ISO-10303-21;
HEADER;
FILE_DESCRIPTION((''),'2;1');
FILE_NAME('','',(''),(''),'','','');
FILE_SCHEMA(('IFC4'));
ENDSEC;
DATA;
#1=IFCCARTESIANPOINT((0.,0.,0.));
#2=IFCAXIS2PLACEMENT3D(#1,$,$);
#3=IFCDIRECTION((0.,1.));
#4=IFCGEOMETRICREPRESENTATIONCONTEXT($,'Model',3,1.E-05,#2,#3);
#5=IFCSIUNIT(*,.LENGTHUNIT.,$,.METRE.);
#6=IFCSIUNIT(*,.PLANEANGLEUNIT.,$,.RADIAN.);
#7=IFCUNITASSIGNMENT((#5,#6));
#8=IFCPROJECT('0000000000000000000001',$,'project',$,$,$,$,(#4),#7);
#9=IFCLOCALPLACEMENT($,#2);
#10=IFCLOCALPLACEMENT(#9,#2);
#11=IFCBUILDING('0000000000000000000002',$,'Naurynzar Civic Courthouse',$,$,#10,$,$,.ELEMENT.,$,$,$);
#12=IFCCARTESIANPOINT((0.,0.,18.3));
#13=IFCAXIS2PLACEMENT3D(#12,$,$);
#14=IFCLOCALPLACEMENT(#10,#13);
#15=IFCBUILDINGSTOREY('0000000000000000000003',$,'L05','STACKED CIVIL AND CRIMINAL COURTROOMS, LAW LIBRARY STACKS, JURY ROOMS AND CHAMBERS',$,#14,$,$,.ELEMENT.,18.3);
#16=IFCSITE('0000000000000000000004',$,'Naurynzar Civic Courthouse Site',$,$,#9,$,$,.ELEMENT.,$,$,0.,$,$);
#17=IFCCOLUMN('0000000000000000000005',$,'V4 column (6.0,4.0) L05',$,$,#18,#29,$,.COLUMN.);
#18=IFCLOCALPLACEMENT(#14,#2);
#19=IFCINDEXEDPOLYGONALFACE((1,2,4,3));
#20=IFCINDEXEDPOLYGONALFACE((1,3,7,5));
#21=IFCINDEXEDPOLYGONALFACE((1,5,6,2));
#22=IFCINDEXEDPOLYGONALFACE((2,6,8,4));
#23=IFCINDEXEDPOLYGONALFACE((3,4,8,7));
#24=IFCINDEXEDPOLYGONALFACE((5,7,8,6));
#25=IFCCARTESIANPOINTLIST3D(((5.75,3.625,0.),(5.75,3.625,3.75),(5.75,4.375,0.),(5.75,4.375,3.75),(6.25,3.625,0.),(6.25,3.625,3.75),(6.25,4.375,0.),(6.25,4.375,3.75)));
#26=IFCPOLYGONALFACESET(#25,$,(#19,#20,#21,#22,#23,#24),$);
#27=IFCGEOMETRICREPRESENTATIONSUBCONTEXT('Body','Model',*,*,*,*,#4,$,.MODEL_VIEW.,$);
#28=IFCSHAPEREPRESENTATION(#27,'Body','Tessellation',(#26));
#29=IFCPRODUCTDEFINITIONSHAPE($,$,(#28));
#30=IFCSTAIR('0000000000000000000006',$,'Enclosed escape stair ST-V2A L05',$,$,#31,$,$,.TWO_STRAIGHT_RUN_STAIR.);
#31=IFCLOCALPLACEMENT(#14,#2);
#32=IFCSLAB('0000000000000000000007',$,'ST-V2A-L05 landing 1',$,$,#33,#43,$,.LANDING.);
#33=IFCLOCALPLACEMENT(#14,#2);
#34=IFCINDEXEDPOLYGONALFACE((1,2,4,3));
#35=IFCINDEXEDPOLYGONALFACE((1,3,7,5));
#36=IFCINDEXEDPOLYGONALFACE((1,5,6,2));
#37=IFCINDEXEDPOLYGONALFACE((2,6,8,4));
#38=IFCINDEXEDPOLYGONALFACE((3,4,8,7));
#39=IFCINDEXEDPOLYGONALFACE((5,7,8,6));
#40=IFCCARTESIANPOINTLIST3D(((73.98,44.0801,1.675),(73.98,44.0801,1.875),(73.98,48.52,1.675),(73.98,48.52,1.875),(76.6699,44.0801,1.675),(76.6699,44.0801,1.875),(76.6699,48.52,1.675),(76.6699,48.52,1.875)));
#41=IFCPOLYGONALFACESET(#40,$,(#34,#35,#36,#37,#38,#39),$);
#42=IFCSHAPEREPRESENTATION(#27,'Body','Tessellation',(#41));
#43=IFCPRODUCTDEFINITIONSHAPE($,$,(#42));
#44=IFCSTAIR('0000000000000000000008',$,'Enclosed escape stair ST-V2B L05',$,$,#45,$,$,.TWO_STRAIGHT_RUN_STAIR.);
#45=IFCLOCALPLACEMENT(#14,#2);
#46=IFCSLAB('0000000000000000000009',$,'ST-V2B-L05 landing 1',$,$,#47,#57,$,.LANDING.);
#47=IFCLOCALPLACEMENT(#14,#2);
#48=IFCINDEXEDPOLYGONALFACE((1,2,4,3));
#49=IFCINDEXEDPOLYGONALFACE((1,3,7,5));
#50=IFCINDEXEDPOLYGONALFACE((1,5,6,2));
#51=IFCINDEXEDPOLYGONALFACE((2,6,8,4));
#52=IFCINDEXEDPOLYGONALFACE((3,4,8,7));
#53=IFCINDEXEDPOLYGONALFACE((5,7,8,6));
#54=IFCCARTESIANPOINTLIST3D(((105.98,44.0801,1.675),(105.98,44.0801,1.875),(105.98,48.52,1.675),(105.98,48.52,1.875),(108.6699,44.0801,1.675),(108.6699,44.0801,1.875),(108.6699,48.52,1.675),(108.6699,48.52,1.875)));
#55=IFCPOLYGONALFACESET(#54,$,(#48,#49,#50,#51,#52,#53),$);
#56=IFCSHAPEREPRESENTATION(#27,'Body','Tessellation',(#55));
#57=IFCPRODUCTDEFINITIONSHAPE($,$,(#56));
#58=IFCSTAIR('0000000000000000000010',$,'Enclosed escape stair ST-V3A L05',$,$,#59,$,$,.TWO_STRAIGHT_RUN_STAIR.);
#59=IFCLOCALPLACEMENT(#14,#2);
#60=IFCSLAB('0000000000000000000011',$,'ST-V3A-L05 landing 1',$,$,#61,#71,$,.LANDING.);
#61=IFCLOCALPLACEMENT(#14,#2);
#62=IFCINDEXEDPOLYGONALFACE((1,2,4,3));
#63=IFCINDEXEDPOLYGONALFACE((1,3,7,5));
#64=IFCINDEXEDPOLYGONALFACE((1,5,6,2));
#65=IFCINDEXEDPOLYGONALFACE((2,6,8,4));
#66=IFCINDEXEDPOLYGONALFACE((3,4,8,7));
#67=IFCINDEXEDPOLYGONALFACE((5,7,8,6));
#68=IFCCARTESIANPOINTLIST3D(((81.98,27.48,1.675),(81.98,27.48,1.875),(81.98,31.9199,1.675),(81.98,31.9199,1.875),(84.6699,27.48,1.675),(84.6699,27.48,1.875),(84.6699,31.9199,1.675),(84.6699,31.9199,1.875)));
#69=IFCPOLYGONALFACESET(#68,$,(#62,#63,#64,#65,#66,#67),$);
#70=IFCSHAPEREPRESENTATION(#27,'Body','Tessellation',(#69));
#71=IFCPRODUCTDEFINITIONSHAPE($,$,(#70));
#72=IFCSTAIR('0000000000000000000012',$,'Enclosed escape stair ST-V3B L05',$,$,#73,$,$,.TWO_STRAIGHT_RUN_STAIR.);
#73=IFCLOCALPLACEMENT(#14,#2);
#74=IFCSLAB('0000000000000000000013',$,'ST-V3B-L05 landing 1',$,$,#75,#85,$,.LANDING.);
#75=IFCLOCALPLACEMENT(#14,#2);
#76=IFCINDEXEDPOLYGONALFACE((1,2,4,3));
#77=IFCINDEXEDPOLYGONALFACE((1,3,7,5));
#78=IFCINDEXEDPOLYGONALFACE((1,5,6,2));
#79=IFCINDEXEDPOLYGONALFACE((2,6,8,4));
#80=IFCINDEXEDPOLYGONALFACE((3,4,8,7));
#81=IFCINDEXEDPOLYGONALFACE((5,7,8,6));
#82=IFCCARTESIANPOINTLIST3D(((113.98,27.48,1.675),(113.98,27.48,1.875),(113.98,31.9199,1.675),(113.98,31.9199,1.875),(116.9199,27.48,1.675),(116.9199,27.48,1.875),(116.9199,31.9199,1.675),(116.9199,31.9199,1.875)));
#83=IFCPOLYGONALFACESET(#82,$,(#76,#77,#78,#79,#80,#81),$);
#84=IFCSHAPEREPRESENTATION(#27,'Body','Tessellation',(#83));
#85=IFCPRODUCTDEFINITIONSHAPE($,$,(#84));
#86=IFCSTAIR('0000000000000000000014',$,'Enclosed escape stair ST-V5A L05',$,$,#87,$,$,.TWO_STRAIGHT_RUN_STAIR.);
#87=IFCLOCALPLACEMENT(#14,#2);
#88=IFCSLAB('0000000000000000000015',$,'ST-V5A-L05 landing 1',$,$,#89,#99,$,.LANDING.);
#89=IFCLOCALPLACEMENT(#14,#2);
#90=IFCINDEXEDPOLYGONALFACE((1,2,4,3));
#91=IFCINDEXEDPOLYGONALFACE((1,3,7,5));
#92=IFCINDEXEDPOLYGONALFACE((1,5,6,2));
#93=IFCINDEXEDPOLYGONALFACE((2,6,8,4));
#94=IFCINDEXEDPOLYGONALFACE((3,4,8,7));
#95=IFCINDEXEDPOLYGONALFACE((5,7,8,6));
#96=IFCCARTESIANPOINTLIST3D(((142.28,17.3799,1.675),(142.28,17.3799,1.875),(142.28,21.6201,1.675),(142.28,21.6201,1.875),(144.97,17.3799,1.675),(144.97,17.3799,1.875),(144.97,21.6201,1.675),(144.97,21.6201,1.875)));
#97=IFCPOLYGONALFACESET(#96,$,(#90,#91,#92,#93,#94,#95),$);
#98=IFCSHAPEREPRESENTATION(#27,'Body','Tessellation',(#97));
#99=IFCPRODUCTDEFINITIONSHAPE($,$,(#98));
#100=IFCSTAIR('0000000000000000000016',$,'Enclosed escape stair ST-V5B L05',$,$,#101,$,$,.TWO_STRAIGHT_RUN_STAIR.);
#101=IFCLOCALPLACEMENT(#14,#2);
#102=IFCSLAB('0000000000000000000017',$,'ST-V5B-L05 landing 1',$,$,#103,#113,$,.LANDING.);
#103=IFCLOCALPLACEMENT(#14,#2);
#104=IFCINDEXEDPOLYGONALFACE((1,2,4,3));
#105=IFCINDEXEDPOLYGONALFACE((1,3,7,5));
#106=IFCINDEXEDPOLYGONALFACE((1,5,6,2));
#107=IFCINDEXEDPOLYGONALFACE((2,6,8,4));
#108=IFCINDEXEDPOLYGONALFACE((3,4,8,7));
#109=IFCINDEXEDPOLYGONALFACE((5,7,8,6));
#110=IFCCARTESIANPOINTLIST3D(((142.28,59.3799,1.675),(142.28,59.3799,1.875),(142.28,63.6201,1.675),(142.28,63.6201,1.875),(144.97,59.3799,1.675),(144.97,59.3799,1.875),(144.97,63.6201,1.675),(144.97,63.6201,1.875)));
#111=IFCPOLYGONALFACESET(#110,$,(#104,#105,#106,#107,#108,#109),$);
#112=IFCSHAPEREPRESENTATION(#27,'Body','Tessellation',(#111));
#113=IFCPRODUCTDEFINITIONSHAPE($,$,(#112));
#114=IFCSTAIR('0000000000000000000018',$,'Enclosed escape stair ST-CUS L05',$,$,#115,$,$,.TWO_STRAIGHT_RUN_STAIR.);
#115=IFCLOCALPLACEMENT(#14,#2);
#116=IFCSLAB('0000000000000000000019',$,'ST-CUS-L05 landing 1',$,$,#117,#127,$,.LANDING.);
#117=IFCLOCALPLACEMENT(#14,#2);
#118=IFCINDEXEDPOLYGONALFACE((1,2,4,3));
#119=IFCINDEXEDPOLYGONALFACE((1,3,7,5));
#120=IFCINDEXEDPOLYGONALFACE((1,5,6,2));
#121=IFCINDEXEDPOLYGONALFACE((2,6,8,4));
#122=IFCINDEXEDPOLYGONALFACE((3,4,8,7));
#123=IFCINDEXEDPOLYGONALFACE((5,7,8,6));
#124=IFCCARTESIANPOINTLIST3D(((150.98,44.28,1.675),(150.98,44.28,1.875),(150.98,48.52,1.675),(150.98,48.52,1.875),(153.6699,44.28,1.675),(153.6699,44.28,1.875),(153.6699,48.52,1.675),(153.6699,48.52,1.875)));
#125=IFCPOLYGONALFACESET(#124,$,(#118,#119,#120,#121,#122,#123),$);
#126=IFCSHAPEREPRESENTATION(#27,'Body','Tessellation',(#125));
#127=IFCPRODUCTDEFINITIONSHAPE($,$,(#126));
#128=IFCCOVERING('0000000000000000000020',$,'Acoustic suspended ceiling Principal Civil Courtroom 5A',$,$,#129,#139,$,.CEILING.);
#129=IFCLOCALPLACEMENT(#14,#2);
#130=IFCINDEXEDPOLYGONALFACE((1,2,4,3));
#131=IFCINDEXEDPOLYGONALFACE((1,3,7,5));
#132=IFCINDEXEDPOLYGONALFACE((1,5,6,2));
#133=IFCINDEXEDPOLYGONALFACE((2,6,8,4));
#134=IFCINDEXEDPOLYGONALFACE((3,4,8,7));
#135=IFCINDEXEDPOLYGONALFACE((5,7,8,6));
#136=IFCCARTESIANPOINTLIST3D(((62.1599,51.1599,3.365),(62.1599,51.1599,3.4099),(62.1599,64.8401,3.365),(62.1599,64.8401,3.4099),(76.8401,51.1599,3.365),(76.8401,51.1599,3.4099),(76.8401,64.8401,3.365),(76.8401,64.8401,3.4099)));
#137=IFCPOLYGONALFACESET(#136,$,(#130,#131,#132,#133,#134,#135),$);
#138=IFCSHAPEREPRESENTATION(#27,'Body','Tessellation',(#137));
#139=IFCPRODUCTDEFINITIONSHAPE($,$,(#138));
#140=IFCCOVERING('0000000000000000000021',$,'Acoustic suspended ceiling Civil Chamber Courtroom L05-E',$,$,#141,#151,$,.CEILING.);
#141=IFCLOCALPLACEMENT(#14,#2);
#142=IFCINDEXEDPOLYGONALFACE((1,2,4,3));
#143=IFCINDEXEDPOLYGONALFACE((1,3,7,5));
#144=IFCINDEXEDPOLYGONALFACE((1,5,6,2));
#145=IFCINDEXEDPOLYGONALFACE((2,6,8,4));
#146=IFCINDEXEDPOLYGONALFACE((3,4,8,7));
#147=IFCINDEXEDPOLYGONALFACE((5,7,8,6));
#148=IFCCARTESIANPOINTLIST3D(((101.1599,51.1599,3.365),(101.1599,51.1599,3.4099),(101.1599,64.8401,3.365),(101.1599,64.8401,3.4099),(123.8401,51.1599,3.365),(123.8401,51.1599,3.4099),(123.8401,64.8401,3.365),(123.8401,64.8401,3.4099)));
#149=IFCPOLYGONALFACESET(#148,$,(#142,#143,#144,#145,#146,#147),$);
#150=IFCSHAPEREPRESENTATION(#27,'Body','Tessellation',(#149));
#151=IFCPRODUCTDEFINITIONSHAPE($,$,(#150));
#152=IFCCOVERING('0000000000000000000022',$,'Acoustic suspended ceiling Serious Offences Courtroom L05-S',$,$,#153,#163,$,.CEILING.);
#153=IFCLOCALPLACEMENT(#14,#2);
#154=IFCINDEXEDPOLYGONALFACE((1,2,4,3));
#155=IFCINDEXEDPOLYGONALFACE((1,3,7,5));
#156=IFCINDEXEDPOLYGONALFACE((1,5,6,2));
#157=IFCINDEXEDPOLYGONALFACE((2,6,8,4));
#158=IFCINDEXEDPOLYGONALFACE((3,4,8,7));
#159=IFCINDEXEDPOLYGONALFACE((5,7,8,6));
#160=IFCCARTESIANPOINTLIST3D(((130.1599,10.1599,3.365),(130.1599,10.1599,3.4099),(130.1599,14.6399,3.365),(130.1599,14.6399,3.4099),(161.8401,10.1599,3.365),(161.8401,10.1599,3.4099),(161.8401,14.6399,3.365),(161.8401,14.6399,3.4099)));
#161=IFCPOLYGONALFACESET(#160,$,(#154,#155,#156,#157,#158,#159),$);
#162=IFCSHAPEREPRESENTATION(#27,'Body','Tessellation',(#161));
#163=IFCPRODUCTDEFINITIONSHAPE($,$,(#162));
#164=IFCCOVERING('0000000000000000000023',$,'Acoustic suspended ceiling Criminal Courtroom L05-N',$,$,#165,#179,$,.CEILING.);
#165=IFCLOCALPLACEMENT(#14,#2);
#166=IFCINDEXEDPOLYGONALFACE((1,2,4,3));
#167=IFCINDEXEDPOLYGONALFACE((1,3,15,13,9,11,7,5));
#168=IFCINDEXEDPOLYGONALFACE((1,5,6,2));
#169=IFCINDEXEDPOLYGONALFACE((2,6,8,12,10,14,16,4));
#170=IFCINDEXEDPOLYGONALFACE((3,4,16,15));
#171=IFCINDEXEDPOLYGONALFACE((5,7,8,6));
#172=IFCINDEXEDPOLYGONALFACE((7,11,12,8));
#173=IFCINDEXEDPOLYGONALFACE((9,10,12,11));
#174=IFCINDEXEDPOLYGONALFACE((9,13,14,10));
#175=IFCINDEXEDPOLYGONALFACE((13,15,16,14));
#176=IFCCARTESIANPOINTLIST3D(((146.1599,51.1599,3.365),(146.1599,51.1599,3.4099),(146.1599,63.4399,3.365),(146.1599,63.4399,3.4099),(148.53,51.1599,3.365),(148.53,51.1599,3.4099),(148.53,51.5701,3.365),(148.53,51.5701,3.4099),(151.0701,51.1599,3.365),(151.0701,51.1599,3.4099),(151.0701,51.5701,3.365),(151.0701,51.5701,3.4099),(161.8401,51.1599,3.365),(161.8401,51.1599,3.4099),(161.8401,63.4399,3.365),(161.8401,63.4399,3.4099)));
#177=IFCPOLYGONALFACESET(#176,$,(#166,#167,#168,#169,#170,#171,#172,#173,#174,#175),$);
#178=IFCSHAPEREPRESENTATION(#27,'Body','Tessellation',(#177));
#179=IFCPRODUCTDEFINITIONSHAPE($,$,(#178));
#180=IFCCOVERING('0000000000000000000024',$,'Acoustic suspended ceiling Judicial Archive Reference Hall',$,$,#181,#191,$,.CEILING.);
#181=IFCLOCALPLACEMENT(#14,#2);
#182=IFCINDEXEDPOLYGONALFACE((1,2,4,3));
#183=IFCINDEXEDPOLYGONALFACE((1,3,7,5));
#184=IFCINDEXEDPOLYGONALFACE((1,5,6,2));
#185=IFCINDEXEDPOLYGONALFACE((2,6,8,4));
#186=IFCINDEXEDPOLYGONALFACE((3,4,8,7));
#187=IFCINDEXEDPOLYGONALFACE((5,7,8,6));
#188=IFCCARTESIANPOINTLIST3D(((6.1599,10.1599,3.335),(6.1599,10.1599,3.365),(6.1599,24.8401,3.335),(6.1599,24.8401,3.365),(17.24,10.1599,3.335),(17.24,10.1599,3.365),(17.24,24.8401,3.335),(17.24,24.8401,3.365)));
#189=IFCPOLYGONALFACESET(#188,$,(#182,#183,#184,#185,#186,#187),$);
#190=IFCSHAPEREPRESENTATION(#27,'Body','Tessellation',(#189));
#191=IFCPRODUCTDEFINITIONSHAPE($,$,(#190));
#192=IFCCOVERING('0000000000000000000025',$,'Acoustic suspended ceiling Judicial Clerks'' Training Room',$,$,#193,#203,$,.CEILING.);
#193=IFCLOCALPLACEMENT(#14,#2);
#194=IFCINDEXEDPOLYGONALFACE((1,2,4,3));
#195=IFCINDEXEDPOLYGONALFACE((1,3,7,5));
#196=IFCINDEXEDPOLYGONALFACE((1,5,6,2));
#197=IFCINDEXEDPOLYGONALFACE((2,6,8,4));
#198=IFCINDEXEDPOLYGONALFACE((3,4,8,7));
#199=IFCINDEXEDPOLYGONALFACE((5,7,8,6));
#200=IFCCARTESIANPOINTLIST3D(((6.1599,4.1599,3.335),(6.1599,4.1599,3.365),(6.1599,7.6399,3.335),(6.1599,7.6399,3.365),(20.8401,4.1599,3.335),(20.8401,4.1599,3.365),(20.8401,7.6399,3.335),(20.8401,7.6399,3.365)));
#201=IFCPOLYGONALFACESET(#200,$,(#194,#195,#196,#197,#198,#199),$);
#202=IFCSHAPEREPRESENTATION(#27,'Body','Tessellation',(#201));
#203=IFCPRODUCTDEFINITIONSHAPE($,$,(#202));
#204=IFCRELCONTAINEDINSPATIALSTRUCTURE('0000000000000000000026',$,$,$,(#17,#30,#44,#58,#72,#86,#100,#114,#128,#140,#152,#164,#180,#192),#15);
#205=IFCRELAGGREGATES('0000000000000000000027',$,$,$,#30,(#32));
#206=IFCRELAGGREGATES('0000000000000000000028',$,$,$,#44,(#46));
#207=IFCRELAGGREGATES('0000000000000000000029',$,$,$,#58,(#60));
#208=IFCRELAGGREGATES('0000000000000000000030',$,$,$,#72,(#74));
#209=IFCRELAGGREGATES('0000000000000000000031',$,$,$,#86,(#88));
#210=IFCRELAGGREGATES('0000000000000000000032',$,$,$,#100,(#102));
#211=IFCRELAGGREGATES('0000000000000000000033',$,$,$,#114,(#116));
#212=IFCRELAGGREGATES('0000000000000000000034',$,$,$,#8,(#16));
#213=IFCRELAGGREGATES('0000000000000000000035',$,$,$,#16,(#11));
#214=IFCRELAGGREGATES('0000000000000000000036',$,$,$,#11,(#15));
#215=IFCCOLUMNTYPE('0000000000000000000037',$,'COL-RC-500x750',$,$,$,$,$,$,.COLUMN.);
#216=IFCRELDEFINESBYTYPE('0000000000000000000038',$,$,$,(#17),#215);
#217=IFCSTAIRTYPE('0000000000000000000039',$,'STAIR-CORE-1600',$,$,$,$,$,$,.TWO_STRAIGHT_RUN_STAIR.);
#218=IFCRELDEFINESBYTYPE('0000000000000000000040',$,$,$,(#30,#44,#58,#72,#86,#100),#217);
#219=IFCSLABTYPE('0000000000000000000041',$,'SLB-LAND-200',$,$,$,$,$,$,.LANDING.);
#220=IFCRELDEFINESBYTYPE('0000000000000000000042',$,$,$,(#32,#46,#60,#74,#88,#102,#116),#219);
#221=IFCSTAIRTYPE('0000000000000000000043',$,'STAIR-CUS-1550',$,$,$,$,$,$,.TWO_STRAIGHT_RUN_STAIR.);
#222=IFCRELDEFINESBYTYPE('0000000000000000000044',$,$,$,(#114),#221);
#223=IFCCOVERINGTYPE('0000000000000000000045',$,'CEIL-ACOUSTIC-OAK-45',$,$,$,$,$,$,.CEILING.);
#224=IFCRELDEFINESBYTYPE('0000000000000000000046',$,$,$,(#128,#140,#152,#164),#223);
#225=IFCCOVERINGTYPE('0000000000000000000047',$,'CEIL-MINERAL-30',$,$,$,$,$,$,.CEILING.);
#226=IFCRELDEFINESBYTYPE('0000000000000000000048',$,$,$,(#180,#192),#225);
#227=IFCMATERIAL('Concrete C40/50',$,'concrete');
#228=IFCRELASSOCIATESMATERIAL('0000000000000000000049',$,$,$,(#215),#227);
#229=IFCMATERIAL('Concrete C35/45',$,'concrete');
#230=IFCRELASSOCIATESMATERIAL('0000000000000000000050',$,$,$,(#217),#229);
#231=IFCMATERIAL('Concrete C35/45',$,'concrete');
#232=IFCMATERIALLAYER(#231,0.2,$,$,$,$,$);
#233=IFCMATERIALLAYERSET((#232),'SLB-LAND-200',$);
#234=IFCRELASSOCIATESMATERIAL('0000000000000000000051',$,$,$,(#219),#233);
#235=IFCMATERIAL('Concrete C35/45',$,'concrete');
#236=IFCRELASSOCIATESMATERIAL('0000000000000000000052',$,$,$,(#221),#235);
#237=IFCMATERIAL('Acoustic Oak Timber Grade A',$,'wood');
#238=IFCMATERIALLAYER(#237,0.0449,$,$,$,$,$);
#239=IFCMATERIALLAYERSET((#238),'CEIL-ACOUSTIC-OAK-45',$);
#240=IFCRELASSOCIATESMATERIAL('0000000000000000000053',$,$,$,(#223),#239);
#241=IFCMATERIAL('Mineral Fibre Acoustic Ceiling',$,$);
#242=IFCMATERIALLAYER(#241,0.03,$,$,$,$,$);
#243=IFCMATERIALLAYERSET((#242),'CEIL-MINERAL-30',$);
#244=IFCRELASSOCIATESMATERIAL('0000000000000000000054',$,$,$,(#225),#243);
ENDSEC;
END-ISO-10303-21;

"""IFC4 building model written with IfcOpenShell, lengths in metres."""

from ifc_helpers import new_model, si_unit, direction, frame, origin, origin_2d, place, context, subcontext, project, spatial, polyline, rectangle, outline, extrude, material, layer, layer_set, material_profile, profile_set, type_object, element, aggregate, save


model = new_model("IFC4")

# Units and contexts
model_context = context("Model", 3, precision=1e-05, world=origin(), true_north=direction((0.0, 1.0)))
body_context = subcontext(model_context, "Body", "Model", "MODEL_VIEW")
ifc_project = project(units=[si_unit("LENGTHUNIT", "METRE"), si_unit("PLANEANGLEUNIT", "RADIAN")], contexts=[model_context])

# Site, building, storey
site_placement = place(None, origin())
site = spatial("IfcSite", under=ifc_project, at=site_placement, Name="Naurynzar Civic Courthouse Site", CompositionType="ELEMENT", RefElevation=0.0)
building_placement = place(site_placement, origin())
building = spatial("IfcBuilding", under=site, at=building_placement, Name="Naurynzar Civic Courthouse", CompositionType="ELEMENT")
storey_placement = place(building_placement, frame((0.0, 0.0, 18.3)))
storey = spatial("IfcBuildingStorey", under=building, at=storey_placement, Name="L05", Description="STACKED CIVIL AND CRIMINAL COURTROOMS, LAW LIBRARY STACKS, JURY ROOMS AND CHAMBERS", CompositionType="ELEMENT", Elevation=18.3)

# Column
ifc_material_1 = material(Name="Concrete C40/50", Category="concrete")
ifc_material_profile = material_profile(ifc_material_1, rectangle(XDim=0.5, YDim=0.75, at=origin_2d()), Name="RC 500x750")
ifc_profile_set = profile_set([ifc_material_profile], Name="Concrete C40/50")
column_type = type_object("IfcColumnType", Name="COL-RC-500x750", PredefinedType="COLUMN", material=ifc_profile_set)
column_placement = place(storey_placement, frame((6.0, 4.0, 0.0), z_axis=(0.0, 0.0, 1.0), x_axis=(1.0, 0.0, 0.0)))
element("IfcColumn", 1, at=column_placement, inside=storey, type_object=column_type, Name="V4 column (6.0,4.0) L05", PredefinedType="COLUMN", context=body_context, shape_type="SweptSolid", body=[
    extrude(rectangle(XDim=0.5, YDim=0.75, at=origin_2d()), origin(), (0.0, 0.0, 1.0), 3.75),
])

# Stairs, slabs
ifc_material_2 = material(Name="Concrete C35/45", Category="concrete")
stair_type_1 = type_object("IfcStairType", Name="STAIR-CORE-1600", PredefinedType="TWO_STRAIGHT_RUN_STAIR", material=ifc_material_2)
stair_1_placement = place(storey_placement, origin())
stair_1 = element("IfcStair", 2, at=stair_1_placement, inside=storey, type_object=stair_type_1, Name="Enclosed escape stair ST-V2A L05", PredefinedType="TWO_STRAIGHT_RUN_STAIR")
ifc_material_3 = material(Name="Concrete C35/45", Category="concrete")
ifc_layer_1 = layer(ifc_material_3, 0.2)
ifc_layer_set_1 = layer_set([ifc_layer_1], Name="SLB-LAND-200")
slab_type = type_object("IfcSlabType", Name="SLB-LAND-200", PredefinedType="LANDING", material=ifc_layer_set_1)
slab_1_placement = place(storey_placement, frame((0.0, 0.0, 1.675)))
slab_1 = element("IfcSlab", 3, at=slab_1_placement, type_object=slab_type, Name="ST-V2A-L05 landing 1", PredefinedType="LANDING", context=body_context, shape_type="SweptSolid", body=[
    extrude(outline(polyline([(73.98, 44.0801), (76.6699, 44.0801), (76.6699, 48.52), (73.98, 48.52), (73.98, 44.0801)])), origin(), (0.0, 0.0, 1.0), 0.2),
])
aggregate(stair_1, [slab_1])
stair_2_placement = place(storey_placement, origin())
stair_2 = element("IfcStair", 4, at=stair_2_placement, inside=storey, type_object=stair_type_1, Name="Enclosed escape stair ST-V2B L05", PredefinedType="TWO_STRAIGHT_RUN_STAIR")
slab_2_placement = place(storey_placement, frame((0.0, 0.0, 1.675)))
slab_2 = element("IfcSlab", 5, at=slab_2_placement, type_object=slab_type, Name="ST-V2B-L05 landing 1", PredefinedType="LANDING", context=body_context, shape_type="SweptSolid", body=[
    extrude(outline(polyline([(105.98, 44.0801), (108.6699, 44.0801), (108.6699, 48.52), (105.98, 48.52), (105.98, 44.0801)])), origin(), (0.0, 0.0, 1.0), 0.2),
])
aggregate(stair_2, [slab_2])
stair_3_placement = place(storey_placement, origin())
stair_3 = element("IfcStair", 6, at=stair_3_placement, inside=storey, type_object=stair_type_1, Name="Enclosed escape stair ST-V3A L05", PredefinedType="TWO_STRAIGHT_RUN_STAIR")
slab_3_placement = place(storey_placement, frame((0.0, 0.0, 1.675)))
slab_3 = element("IfcSlab", 7, at=slab_3_placement, type_object=slab_type, Name="ST-V3A-L05 landing 1", PredefinedType="LANDING", context=body_context, shape_type="SweptSolid", body=[
    extrude(outline(polyline([(81.98, 27.48), (84.6699, 27.48), (84.6699, 31.9199), (81.98, 31.9199), (81.98, 27.48)])), origin(), (0.0, 0.0, 1.0), 0.2),
])
aggregate(stair_3, [slab_3])
stair_4_placement = place(storey_placement, origin())
stair_4 = element("IfcStair", 8, at=stair_4_placement, inside=storey, type_object=stair_type_1, Name="Enclosed escape stair ST-V3B L05", PredefinedType="TWO_STRAIGHT_RUN_STAIR")
slab_4_placement = place(storey_placement, frame((0.0, 0.0, 1.675)))
slab_4 = element("IfcSlab", 9, at=slab_4_placement, type_object=slab_type, Name="ST-V3B-L05 landing 1", PredefinedType="LANDING", context=body_context, shape_type="SweptSolid", body=[
    extrude(outline(polyline([(113.98, 27.48), (116.9199, 27.48), (116.9199, 31.9199), (113.98, 31.9199), (113.98, 27.48)])), origin(), (0.0, 0.0, 1.0), 0.2),
])
aggregate(stair_4, [slab_4])
stair_5_placement = place(storey_placement, origin())
stair_5 = element("IfcStair", 10, at=stair_5_placement, inside=storey, type_object=stair_type_1, Name="Enclosed escape stair ST-V5A L05", PredefinedType="TWO_STRAIGHT_RUN_STAIR")
slab_5_placement = place(storey_placement, frame((0.0, 0.0, 1.675)))
slab_5 = element("IfcSlab", 11, at=slab_5_placement, type_object=slab_type, Name="ST-V5A-L05 landing 1", PredefinedType="LANDING", context=body_context, shape_type="SweptSolid", body=[
    extrude(outline(polyline([(142.28, 17.3799), (144.97, 17.3799), (144.97, 21.6201), (142.28, 21.6201), (142.28, 17.3799)])), origin(), (0.0, 0.0, 1.0), 0.2),
])
aggregate(stair_5, [slab_5])
stair_6_placement = place(storey_placement, origin())
stair_6 = element("IfcStair", 12, at=stair_6_placement, inside=storey, type_object=stair_type_1, Name="Enclosed escape stair ST-V5B L05", PredefinedType="TWO_STRAIGHT_RUN_STAIR")
slab_6_placement = place(storey_placement, frame((0.0, 0.0, 1.675)))
slab_6 = element("IfcSlab", 13, at=slab_6_placement, type_object=slab_type, Name="ST-V5B-L05 landing 1", PredefinedType="LANDING", context=body_context, shape_type="SweptSolid", body=[
    extrude(outline(polyline([(142.28, 59.3799), (144.97, 59.3799), (144.97, 63.6201), (142.28, 63.6201), (142.28, 59.3799)])), origin(), (0.0, 0.0, 1.0), 0.2),
])
aggregate(stair_6, [slab_6])
ifc_material_4 = material(Name="Concrete C35/45", Category="concrete")
stair_type_2 = type_object("IfcStairType", Name="STAIR-CUS-1550", PredefinedType="TWO_STRAIGHT_RUN_STAIR", material=ifc_material_4)
stair_7_placement = place(storey_placement, origin())
stair_7 = element("IfcStair", 14, at=stair_7_placement, inside=storey, type_object=stair_type_2, Name="Enclosed escape stair ST-CUS L05", PredefinedType="TWO_STRAIGHT_RUN_STAIR")
slab_7_placement = place(storey_placement, frame((0.0, 0.0, 1.675)))
slab_7 = element("IfcSlab", 15, at=slab_7_placement, type_object=slab_type, Name="ST-CUS-L05 landing 1", PredefinedType="LANDING", context=body_context, shape_type="SweptSolid", body=[
    extrude(outline(polyline([(150.98, 44.28), (153.6699, 44.28), (153.6699, 48.52), (150.98, 48.52), (150.98, 44.28)])), origin(), (0.0, 0.0, 1.0), 0.2),
])
aggregate(stair_7, [slab_7])

# Coverings
ifc_material_5 = material(Name="Acoustic Oak Timber Grade A", Category="wood")
ifc_layer_2 = layer(ifc_material_5, 0.0449)
ifc_layer_set_2 = layer_set([ifc_layer_2], Name="CEIL-ACOUSTIC-OAK-45")
covering_type_1 = type_object("IfcCoveringType", Name="CEIL-ACOUSTIC-OAK-45", PredefinedType="CEILING", material=ifc_layer_set_2)
covering_1_placement = place(storey_placement, frame((0.0, 0.0, 3.365)))
element("IfcCovering", 16, at=covering_1_placement, inside=storey, type_object=covering_type_1, Name="Acoustic suspended ceiling Principal Civil Courtroom 5A", PredefinedType="CEILING", context=body_context, shape_type="SweptSolid", body=[
    extrude(outline(polyline([(62.1599, 51.1599), (62.1599, 64.8401), (76.8401, 64.8401), (76.8401, 51.1599), (62.1599, 51.1599)])), origin(), (0.0, 0.0, 1.0), 0.0449),
])
covering_2_placement = place(storey_placement, frame((0.0, 0.0, 3.365)))
element("IfcCovering", 17, at=covering_2_placement, inside=storey, type_object=covering_type_1, Name="Acoustic suspended ceiling Civil Chamber Courtroom L05-E", PredefinedType="CEILING", context=body_context, shape_type="SweptSolid", body=[
    extrude(outline(polyline([(101.1599, 51.1599), (101.1599, 64.8401), (123.8401, 64.8401), (123.8401, 51.1599), (101.1599, 51.1599)])), origin(), (0.0, 0.0, 1.0), 0.0449),
])
covering_3_placement = place(storey_placement, frame((0.0, 0.0, 3.365)))
element("IfcCovering", 18, at=covering_3_placement, inside=storey, type_object=covering_type_1, Name="Acoustic suspended ceiling Serious Offences Courtroom L05-S", PredefinedType="CEILING", context=body_context, shape_type="SweptSolid", body=[
    extrude(outline(polyline([(130.1599, 10.1599), (130.1599, 14.6399), (161.8401, 14.6399), (161.8401, 10.1599), (130.1599, 10.1599)])), origin(), (0.0, 0.0, 1.0), 0.0449),
])
covering_4_placement = place(storey_placement, frame((0.0, 0.0, 3.365)))
element("IfcCovering", 19, at=covering_4_placement, inside=storey, type_object=covering_type_1, Name="Acoustic suspended ceiling Criminal Courtroom L05-N", PredefinedType="CEILING", context=body_context, shape_type="SweptSolid", body=[
    extrude(outline(polyline([(151.0701, 51.1599), (151.0701, 51.5701), (148.53, 51.5701), (148.53, 51.1599), (146.1599, 51.1599), (146.1599, 63.4399), (161.8401, 63.4399), (161.8401, 51.1599), (151.0701, 51.1599)])), origin(), (0.0, 0.0, 1.0), 0.0449),
])
ifc_material_6 = material(Name="Mineral Fibre Acoustic Ceiling")
ifc_layer_3 = layer(ifc_material_6, 0.03)
ifc_layer_set_3 = layer_set([ifc_layer_3], Name="CEIL-MINERAL-30")
covering_type_2 = type_object("IfcCoveringType", Name="CEIL-MINERAL-30", PredefinedType="CEILING", material=ifc_layer_set_3)
covering_5_placement = place(storey_placement, frame((0.0, 0.0, 3.335)))
element("IfcCovering", 20, at=covering_5_placement, inside=storey, type_object=covering_type_2, Name="Acoustic suspended ceiling Judicial Archive Reference Hall", PredefinedType="CEILING", context=body_context, shape_type="SweptSolid", body=[
    extrude(outline(polyline([(17.24, 10.1599), (6.1599, 10.1599), (6.1599, 24.8401), (17.24, 24.8401), (17.24, 10.1599)])), origin(), (0.0, 0.0, 1.0), 0.03),
])
covering_6_placement = place(storey_placement, frame((0.0, 0.0, 3.335)))
element("IfcCovering", 21, at=covering_6_placement, inside=storey, type_object=covering_type_2, Name="Acoustic suspended ceiling Judicial Clerks' Training Room", PredefinedType="CEILING", context=body_context, shape_type="SweptSolid", body=[
    extrude(outline(polyline([(20.8401, 4.1599), (6.1599, 4.1599), (6.1599, 7.6399), (20.8401, 7.6399), (20.8401, 4.1599)])), origin(), (0.0, 0.0, 1.0), 0.03),
])

save(model, "model.ifc")
